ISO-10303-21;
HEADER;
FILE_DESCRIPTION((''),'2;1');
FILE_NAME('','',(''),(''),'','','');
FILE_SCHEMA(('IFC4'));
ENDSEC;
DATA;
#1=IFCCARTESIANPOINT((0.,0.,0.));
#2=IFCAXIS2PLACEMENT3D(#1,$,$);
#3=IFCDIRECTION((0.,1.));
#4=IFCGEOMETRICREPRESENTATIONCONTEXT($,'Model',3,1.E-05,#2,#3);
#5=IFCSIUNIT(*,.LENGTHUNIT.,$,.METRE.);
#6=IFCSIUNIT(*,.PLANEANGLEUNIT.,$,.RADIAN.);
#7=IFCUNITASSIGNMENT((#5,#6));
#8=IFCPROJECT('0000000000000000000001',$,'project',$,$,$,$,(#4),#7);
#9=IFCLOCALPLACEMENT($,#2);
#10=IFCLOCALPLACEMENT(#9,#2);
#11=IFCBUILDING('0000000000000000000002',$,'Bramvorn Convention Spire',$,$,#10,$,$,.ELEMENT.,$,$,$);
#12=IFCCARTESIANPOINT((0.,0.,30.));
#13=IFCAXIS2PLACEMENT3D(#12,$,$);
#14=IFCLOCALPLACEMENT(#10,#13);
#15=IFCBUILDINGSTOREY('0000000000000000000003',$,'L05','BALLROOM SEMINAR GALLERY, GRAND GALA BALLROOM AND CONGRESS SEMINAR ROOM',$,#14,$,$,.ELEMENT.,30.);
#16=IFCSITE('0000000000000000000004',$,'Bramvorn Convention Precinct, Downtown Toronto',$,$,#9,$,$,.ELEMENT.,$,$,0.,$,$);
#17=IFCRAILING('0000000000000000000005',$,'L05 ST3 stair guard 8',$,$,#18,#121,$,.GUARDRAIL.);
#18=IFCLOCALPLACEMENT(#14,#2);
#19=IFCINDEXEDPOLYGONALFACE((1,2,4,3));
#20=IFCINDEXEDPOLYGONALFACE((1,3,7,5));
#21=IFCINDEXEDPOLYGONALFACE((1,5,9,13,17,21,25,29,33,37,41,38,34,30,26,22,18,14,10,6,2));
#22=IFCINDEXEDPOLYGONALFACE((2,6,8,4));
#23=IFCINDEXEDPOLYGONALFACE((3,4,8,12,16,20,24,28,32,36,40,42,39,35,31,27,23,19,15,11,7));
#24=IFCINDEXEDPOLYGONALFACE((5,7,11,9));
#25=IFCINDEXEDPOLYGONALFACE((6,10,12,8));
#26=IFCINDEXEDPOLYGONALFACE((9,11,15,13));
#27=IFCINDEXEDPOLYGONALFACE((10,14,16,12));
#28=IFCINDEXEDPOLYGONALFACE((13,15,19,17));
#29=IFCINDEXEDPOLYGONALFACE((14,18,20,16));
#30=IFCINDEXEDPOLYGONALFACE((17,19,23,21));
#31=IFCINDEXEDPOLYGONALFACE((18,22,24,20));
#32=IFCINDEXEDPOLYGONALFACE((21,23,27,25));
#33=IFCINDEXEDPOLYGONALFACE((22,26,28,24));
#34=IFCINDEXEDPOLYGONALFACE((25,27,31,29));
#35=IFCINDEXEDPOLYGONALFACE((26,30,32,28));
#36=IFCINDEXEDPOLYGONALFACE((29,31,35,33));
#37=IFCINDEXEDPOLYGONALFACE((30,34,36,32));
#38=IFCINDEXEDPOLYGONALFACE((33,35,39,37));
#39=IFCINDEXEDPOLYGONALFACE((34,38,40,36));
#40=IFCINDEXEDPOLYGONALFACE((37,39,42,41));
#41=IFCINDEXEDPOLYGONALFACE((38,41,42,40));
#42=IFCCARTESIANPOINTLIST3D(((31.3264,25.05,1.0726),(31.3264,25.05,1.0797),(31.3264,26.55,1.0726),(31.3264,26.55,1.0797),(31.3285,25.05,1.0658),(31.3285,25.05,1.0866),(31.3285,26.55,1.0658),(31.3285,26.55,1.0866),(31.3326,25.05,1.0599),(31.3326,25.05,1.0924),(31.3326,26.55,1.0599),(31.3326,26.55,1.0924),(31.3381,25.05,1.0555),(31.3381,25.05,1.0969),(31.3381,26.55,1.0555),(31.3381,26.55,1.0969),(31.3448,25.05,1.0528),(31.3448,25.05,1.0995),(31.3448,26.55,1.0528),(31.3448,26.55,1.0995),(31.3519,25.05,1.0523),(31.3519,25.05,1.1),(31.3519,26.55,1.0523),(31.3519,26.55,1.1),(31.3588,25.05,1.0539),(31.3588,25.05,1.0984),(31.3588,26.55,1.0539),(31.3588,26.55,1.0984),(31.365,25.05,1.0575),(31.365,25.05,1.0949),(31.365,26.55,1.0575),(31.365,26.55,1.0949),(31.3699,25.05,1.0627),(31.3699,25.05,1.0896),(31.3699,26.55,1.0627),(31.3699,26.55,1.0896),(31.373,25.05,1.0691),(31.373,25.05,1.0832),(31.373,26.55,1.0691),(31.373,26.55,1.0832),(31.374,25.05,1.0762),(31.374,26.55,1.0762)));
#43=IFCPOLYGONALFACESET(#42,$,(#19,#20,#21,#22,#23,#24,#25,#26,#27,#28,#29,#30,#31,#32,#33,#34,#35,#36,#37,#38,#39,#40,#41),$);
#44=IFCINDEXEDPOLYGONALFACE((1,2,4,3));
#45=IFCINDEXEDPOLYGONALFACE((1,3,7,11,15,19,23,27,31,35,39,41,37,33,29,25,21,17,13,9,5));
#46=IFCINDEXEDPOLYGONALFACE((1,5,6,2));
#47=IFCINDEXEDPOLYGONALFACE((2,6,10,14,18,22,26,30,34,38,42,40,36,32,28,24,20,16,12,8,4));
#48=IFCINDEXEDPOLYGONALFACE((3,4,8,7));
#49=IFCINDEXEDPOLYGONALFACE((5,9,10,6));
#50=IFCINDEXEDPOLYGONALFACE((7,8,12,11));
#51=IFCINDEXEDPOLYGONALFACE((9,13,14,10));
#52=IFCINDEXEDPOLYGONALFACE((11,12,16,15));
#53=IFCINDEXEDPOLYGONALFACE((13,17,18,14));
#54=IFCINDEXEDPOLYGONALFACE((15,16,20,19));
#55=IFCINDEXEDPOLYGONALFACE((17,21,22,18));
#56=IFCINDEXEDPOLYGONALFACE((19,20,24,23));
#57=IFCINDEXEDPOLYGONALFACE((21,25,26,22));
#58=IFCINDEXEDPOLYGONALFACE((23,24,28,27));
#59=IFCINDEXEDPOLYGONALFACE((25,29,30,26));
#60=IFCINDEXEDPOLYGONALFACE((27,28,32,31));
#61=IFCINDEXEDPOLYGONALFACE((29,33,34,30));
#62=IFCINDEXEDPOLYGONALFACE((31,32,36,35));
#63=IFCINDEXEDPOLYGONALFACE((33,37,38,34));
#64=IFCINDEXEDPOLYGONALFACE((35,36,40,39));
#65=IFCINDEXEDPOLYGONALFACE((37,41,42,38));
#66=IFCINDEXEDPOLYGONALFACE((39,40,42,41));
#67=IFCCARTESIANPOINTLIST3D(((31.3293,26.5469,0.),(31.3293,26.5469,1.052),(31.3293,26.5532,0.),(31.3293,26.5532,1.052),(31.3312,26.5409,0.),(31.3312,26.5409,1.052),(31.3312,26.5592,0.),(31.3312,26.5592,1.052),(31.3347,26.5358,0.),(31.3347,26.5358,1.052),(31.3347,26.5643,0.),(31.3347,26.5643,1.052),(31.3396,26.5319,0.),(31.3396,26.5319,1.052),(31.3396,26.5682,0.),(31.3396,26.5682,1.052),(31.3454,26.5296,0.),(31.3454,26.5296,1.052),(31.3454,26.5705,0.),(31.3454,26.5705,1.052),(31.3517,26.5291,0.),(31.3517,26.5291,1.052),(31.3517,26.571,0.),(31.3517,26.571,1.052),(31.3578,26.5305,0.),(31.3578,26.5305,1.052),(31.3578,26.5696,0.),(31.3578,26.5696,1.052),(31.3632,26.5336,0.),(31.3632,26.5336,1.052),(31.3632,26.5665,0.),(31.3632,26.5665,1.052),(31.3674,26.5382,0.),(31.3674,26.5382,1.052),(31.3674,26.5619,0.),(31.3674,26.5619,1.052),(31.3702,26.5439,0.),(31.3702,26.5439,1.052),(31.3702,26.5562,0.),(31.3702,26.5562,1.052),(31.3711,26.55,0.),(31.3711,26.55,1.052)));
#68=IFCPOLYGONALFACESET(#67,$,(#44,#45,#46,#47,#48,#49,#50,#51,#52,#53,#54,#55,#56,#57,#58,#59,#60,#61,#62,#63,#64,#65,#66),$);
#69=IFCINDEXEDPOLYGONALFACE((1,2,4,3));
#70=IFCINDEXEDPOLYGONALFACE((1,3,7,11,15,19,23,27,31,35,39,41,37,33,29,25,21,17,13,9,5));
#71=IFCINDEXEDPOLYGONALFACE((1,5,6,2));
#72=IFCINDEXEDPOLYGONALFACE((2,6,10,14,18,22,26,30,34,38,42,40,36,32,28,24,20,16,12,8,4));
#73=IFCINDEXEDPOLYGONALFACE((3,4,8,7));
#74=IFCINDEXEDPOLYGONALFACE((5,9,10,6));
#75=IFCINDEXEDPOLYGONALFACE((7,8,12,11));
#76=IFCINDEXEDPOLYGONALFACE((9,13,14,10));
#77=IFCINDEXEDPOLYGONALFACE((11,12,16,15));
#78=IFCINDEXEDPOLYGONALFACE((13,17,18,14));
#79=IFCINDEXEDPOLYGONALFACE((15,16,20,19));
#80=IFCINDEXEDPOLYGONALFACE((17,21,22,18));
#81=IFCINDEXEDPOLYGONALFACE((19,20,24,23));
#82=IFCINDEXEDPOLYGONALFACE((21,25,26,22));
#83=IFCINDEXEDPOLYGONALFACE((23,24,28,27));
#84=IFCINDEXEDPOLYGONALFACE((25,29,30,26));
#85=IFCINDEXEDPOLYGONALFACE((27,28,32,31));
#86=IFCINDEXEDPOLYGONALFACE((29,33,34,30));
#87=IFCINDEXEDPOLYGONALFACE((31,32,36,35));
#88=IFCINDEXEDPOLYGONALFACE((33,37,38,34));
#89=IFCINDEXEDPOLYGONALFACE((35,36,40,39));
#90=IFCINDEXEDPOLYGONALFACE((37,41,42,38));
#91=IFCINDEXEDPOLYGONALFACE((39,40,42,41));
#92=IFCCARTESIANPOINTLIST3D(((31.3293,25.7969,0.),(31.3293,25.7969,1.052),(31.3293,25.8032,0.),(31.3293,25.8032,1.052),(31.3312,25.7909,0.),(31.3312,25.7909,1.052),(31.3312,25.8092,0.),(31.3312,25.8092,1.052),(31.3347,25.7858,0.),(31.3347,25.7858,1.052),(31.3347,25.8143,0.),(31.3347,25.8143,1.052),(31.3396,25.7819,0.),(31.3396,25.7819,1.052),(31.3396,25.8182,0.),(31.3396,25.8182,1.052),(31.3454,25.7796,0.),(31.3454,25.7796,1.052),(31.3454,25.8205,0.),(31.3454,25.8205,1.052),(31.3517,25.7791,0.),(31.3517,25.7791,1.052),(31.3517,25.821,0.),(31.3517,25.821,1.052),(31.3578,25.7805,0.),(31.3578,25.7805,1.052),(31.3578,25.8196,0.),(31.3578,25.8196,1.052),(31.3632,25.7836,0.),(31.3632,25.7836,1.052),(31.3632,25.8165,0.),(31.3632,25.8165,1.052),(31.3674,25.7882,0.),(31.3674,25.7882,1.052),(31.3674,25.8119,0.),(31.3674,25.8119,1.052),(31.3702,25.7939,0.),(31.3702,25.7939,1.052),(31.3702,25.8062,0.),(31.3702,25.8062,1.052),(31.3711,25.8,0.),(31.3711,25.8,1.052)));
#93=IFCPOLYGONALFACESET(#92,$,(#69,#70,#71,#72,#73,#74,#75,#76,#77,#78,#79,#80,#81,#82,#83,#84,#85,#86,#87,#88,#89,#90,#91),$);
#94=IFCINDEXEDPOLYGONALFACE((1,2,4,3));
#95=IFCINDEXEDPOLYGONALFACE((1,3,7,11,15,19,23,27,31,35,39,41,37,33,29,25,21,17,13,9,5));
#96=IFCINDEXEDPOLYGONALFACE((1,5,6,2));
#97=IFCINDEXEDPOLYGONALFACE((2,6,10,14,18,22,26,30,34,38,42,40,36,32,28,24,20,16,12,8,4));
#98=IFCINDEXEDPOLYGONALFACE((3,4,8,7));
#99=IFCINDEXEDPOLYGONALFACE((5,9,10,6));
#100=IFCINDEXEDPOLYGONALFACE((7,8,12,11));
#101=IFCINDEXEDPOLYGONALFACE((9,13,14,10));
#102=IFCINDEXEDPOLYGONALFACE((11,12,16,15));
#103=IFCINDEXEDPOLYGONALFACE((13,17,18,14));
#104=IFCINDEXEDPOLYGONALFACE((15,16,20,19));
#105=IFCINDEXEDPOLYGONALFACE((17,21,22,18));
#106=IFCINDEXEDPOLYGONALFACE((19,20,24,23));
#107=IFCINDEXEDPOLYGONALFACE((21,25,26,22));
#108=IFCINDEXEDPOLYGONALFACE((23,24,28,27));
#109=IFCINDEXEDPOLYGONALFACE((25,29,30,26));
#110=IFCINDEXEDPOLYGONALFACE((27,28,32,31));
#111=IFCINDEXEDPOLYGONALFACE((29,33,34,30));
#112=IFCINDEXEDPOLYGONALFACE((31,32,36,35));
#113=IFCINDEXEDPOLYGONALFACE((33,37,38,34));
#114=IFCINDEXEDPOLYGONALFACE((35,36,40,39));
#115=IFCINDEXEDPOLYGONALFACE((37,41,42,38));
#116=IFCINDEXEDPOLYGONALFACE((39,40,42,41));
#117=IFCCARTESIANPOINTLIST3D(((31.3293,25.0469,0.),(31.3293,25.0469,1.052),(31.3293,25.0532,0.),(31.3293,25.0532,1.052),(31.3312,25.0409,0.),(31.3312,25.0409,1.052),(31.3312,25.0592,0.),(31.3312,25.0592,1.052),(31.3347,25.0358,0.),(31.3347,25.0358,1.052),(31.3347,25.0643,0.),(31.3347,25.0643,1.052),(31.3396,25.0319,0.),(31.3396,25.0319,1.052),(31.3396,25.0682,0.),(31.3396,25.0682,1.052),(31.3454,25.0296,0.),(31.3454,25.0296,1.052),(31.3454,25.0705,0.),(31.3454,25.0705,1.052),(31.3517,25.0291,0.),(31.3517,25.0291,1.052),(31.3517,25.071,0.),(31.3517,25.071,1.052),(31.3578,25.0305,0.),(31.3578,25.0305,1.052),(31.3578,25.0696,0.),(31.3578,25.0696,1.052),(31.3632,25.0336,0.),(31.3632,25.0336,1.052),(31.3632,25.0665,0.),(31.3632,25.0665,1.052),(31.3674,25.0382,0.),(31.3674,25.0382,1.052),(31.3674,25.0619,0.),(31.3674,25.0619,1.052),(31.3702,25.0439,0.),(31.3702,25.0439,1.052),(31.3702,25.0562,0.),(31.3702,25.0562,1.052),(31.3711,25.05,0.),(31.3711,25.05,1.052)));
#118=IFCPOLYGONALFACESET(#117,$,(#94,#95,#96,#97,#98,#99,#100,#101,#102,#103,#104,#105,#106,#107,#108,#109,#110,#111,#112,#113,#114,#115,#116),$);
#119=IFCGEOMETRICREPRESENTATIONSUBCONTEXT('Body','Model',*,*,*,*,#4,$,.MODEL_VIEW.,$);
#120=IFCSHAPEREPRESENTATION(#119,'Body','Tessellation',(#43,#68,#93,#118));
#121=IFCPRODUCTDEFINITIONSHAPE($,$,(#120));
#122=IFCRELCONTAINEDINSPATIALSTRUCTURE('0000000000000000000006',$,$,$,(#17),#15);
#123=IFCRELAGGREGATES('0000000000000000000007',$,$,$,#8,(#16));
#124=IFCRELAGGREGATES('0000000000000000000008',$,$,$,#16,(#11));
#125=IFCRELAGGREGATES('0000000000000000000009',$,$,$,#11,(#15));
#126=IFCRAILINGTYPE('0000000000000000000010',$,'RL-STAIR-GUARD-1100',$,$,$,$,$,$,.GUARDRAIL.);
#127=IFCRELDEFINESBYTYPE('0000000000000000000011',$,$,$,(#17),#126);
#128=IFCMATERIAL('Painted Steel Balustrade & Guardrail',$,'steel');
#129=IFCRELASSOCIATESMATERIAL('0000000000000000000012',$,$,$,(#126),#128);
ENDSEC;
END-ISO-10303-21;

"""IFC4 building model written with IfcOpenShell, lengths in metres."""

from ifc_helpers import new_model, si_unit, direction, frame, origin, origin_2d, place, context, subcontext, project, spatial, circle, extrude, material, type_object, element, save


model = new_model("IFC4")

# Units and contexts
model_context = context("Model", 3, precision=1e-05, world=origin(), true_north=direction((0.0, 1.0)))
body_context = subcontext(model_context, "Body", "Model", "MODEL_VIEW")
ifc_project = project(units=[si_unit("LENGTHUNIT", "METRE"), si_unit("PLANEANGLEUNIT", "RADIAN")], contexts=[model_context])

# Site, building, storey
site_placement = place(None, origin())
site = spatial("IfcSite", under=ifc_project, at=site_placement, Name="Bramvorn Convention Precinct, Downtown Toronto", CompositionType="ELEMENT", RefElevation=0.0)
building_placement = place(site_placement, origin())
building = spatial("IfcBuilding", under=site, at=building_placement, Name="Bramvorn Convention Spire", CompositionType="ELEMENT")
storey_placement = place(building_placement, frame((0.0, 0.0, 30.0)))
storey = spatial("IfcBuildingStorey", under=building, at=storey_placement, Name="L05", Description="BALLROOM SEMINAR GALLERY, GRAND GALA BALLROOM AND CONGRESS SEMINAR ROOM", CompositionType="ELEMENT", Elevation=30.0)

# Railing
ifc_material_1 = material(Name="Painted Steel Balustrade & Guardrail", Category="steel")
railing_type_1 = type_object("IfcRailingType", Name="RL-STAIR-GUARD-1100", PredefinedType="GUARDRAIL", material=ifc_material_1)
railing_1_placement = place(storey_placement, frame((31.3501, 26.55, 0.0)))
element("IfcRailing", 1, at=railing_1_placement, inside=storey, type_object=railing_type_1, Name="L05 ST3 stair guard 8", PredefinedType="GUARDRAIL", context=body_context, shape_type="SweptSolid", body=[
    extrude(circle(Radius=0.0239, at=origin_2d()), frame((0.0, 0.0, 1.0762), z_axis=(0.0, -1.0, 0.0), x_axis=(1.0, 0.0, 0.0)), (0.0, 0.0, 1.0), 1.5),
    extrude(circle(Radius=0.021, at=origin_2d()), origin(), (0.0, 0.0, 1.0), 1.052),
    extrude(circle(Radius=0.021, at=origin_2d()), frame((0.0, -0.75, 0.0)), (0.0, 0.0, 1.0), 1.052),
    extrude(circle(Radius=0.021, at=origin_2d()), frame((0.0, -1.5, 0.0)), (0.0, 0.0, 1.0), 1.052),
])

save(model, "model.ifc")
